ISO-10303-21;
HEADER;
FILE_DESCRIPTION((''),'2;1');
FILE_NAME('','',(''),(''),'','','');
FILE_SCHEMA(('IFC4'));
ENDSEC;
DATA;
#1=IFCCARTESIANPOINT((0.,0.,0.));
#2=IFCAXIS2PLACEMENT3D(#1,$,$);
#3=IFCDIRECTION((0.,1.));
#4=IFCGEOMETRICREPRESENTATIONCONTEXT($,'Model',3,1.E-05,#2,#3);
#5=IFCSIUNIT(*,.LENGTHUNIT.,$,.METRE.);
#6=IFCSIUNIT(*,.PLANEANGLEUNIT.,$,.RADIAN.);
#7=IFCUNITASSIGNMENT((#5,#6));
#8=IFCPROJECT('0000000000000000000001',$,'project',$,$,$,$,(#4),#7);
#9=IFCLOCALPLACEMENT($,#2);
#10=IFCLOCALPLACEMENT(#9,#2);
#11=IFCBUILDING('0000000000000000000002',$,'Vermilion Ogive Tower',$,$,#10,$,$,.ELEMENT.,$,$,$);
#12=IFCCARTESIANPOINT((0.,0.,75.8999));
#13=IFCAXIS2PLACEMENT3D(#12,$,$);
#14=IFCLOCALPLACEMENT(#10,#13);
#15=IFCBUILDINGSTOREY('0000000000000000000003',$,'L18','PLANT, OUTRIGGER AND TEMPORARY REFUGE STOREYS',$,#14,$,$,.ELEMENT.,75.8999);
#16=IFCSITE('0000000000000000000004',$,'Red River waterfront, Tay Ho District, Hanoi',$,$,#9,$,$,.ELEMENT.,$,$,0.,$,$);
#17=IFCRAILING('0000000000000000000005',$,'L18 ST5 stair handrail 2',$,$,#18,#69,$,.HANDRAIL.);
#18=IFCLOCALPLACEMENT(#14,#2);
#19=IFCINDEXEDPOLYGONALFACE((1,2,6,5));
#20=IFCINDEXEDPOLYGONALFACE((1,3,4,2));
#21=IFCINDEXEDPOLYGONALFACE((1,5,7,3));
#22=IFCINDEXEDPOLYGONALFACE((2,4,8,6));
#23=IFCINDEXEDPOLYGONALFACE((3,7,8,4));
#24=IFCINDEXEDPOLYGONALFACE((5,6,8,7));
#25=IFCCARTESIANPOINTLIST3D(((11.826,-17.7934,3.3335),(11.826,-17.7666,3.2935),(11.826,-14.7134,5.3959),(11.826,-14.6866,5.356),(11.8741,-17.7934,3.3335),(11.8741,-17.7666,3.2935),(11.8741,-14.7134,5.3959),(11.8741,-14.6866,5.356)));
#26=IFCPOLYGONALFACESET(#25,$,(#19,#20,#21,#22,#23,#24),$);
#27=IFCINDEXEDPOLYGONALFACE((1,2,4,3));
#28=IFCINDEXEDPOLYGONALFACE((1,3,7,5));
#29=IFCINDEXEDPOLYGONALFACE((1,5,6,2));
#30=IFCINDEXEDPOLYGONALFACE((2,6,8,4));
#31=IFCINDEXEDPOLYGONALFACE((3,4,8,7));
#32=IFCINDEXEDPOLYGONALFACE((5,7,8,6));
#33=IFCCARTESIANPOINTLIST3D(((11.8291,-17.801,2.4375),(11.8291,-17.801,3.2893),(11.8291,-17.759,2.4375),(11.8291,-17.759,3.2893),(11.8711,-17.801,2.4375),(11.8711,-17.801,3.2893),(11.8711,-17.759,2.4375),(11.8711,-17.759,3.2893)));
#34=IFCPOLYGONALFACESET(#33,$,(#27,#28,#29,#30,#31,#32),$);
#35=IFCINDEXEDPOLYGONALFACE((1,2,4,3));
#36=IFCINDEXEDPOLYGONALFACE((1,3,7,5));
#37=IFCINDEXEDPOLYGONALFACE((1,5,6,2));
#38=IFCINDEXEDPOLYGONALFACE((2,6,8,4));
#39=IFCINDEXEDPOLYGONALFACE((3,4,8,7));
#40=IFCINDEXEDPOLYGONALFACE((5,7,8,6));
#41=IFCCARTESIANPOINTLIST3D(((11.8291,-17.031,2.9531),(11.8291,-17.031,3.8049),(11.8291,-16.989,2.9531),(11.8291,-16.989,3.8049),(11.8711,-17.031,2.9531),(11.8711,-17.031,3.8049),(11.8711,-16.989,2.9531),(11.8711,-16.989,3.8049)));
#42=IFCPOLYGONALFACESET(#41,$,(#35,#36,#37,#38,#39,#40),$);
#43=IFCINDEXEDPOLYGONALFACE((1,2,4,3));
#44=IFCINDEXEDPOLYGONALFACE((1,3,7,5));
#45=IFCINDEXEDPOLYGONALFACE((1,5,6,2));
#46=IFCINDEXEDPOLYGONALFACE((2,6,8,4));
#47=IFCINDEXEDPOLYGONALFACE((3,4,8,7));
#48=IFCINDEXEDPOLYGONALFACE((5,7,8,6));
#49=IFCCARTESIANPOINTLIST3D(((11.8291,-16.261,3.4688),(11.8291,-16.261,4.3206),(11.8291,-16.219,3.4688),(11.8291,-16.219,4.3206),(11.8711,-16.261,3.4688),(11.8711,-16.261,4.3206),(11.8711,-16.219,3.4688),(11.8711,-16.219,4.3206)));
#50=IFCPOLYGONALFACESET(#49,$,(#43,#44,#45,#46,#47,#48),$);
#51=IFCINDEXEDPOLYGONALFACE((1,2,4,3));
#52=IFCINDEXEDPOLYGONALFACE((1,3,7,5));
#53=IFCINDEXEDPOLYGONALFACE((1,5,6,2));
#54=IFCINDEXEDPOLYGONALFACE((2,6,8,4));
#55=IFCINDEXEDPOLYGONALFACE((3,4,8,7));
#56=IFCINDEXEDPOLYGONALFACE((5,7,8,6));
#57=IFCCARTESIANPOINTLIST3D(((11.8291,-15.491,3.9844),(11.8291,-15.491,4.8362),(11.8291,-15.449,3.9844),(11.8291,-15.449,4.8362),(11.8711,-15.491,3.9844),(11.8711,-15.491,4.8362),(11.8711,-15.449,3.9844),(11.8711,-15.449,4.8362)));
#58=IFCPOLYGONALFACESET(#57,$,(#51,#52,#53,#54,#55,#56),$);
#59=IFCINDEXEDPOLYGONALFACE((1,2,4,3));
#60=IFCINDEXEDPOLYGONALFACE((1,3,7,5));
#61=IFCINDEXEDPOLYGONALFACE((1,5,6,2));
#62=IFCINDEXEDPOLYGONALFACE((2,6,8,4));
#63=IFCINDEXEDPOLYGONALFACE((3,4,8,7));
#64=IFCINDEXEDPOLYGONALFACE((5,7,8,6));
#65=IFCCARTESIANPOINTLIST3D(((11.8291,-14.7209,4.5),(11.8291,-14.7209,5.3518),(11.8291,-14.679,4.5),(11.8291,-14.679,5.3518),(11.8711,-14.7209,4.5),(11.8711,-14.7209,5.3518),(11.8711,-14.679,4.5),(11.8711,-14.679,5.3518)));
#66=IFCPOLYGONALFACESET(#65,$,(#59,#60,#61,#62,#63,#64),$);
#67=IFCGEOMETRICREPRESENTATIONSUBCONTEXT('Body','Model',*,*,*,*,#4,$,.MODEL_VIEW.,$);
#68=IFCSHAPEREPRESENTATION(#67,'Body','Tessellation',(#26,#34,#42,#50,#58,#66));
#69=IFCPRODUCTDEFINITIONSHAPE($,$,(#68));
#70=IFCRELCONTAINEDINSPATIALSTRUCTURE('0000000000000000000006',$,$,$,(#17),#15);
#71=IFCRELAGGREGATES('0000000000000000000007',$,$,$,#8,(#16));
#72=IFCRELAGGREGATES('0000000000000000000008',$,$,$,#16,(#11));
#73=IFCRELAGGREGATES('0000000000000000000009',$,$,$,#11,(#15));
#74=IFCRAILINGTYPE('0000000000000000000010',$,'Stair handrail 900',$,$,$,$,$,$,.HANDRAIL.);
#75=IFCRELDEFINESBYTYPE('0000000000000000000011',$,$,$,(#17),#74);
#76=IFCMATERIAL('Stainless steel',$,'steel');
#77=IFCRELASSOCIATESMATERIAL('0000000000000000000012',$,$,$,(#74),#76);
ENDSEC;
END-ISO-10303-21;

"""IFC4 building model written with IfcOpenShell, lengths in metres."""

from ifc_helpers import new_model, si_unit, direction, frame, origin, origin_2d, place, context, subcontext, project, spatial, rectangle, extrude, material, type_object, element, save


model = new_model("IFC4")

# Units and contexts
model_context = context("Model", 3, precision=1e-05, world=origin(), true_north=direction((0.0, 1.0)))
body_context = subcontext(model_context, "Body", "Model", "MODEL_VIEW")
ifc_project = project(units=[si_unit("LENGTHUNIT", "METRE"), si_unit("PLANEANGLEUNIT", "RADIAN")], contexts=[model_context])

# Site, building, storey
site_placement = place(None, origin())
site = spatial("IfcSite", under=ifc_project, at=site_placement, Name="Red River waterfront, Tay Ho District, Hanoi", CompositionType="ELEMENT", RefElevation=0.0)
building_placement = place(site_placement, origin())
building = spatial("IfcBuilding", under=site, at=building_placement, Name="Vermilion Ogive Tower", CompositionType="ELEMENT")
storey_placement = place(building_placement, frame((0.0, 0.0, 75.8999)))
storey = spatial("IfcBuildingStorey", under=building, at=storey_placement, Name="L18", Description="PLANT, OUTRIGGER AND TEMPORARY REFUGE STOREYS", CompositionType="ELEMENT", Elevation=75.8999)

# Railing
ifc_material_1 = material(Name="Stainless steel", Category="steel")
railing_type_1 = type_object("IfcRailingType", Name="Stair handrail 900", PredefinedType="HANDRAIL", material=ifc_material_1)
railing_1_placement = place(storey_placement, frame((11.8501, -17.78, 2.4375)))
element("IfcRailing", 1, at=railing_1_placement, inside=storey, type_object=railing_type_1, Name="L18 ST5 stair handrail 2", PredefinedType="HANDRAIL", context=body_context, shape_type="SweptSolid", body=[
    extrude(rectangle(XDim=0.0481, YDim=0.0481, at=origin_2d()), frame((0.0, 0.0, 0.876), z_axis=(0.0, 0.830914, 0.556401), x_axis=(-1.0, 0.0, 0.0)), (0.0, 0.0, 1.0), 3.7068),
    extrude(rectangle(XDim=0.042, YDim=0.042, at=origin_2d()), origin(), (0.0, 0.0, 1.0), 0.8518),
    extrude(rectangle(XDim=0.042, YDim=0.042, at=origin_2d()), frame((0.0, 0.77, 0.5156)), (0.0, 0.0, 1.0), 0.8518),
    extrude(rectangle(XDim=0.042, YDim=0.042, at=origin_2d()), frame((0.0, 1.54, 1.0312)), (0.0, 0.0, 1.0), 0.8518),
    extrude(rectangle(XDim=0.042, YDim=0.042, at=origin_2d()), frame((0.0, 2.3101, 1.5469)), (0.0, 0.0, 1.0), 0.8518),
    extrude(rectangle(XDim=0.042, YDim=0.042, at=origin_2d()), frame((0.0, 3.0801, 2.0625)), (0.0, 0.0, 1.0), 0.8518),
])

save(model, "model.ifc")
